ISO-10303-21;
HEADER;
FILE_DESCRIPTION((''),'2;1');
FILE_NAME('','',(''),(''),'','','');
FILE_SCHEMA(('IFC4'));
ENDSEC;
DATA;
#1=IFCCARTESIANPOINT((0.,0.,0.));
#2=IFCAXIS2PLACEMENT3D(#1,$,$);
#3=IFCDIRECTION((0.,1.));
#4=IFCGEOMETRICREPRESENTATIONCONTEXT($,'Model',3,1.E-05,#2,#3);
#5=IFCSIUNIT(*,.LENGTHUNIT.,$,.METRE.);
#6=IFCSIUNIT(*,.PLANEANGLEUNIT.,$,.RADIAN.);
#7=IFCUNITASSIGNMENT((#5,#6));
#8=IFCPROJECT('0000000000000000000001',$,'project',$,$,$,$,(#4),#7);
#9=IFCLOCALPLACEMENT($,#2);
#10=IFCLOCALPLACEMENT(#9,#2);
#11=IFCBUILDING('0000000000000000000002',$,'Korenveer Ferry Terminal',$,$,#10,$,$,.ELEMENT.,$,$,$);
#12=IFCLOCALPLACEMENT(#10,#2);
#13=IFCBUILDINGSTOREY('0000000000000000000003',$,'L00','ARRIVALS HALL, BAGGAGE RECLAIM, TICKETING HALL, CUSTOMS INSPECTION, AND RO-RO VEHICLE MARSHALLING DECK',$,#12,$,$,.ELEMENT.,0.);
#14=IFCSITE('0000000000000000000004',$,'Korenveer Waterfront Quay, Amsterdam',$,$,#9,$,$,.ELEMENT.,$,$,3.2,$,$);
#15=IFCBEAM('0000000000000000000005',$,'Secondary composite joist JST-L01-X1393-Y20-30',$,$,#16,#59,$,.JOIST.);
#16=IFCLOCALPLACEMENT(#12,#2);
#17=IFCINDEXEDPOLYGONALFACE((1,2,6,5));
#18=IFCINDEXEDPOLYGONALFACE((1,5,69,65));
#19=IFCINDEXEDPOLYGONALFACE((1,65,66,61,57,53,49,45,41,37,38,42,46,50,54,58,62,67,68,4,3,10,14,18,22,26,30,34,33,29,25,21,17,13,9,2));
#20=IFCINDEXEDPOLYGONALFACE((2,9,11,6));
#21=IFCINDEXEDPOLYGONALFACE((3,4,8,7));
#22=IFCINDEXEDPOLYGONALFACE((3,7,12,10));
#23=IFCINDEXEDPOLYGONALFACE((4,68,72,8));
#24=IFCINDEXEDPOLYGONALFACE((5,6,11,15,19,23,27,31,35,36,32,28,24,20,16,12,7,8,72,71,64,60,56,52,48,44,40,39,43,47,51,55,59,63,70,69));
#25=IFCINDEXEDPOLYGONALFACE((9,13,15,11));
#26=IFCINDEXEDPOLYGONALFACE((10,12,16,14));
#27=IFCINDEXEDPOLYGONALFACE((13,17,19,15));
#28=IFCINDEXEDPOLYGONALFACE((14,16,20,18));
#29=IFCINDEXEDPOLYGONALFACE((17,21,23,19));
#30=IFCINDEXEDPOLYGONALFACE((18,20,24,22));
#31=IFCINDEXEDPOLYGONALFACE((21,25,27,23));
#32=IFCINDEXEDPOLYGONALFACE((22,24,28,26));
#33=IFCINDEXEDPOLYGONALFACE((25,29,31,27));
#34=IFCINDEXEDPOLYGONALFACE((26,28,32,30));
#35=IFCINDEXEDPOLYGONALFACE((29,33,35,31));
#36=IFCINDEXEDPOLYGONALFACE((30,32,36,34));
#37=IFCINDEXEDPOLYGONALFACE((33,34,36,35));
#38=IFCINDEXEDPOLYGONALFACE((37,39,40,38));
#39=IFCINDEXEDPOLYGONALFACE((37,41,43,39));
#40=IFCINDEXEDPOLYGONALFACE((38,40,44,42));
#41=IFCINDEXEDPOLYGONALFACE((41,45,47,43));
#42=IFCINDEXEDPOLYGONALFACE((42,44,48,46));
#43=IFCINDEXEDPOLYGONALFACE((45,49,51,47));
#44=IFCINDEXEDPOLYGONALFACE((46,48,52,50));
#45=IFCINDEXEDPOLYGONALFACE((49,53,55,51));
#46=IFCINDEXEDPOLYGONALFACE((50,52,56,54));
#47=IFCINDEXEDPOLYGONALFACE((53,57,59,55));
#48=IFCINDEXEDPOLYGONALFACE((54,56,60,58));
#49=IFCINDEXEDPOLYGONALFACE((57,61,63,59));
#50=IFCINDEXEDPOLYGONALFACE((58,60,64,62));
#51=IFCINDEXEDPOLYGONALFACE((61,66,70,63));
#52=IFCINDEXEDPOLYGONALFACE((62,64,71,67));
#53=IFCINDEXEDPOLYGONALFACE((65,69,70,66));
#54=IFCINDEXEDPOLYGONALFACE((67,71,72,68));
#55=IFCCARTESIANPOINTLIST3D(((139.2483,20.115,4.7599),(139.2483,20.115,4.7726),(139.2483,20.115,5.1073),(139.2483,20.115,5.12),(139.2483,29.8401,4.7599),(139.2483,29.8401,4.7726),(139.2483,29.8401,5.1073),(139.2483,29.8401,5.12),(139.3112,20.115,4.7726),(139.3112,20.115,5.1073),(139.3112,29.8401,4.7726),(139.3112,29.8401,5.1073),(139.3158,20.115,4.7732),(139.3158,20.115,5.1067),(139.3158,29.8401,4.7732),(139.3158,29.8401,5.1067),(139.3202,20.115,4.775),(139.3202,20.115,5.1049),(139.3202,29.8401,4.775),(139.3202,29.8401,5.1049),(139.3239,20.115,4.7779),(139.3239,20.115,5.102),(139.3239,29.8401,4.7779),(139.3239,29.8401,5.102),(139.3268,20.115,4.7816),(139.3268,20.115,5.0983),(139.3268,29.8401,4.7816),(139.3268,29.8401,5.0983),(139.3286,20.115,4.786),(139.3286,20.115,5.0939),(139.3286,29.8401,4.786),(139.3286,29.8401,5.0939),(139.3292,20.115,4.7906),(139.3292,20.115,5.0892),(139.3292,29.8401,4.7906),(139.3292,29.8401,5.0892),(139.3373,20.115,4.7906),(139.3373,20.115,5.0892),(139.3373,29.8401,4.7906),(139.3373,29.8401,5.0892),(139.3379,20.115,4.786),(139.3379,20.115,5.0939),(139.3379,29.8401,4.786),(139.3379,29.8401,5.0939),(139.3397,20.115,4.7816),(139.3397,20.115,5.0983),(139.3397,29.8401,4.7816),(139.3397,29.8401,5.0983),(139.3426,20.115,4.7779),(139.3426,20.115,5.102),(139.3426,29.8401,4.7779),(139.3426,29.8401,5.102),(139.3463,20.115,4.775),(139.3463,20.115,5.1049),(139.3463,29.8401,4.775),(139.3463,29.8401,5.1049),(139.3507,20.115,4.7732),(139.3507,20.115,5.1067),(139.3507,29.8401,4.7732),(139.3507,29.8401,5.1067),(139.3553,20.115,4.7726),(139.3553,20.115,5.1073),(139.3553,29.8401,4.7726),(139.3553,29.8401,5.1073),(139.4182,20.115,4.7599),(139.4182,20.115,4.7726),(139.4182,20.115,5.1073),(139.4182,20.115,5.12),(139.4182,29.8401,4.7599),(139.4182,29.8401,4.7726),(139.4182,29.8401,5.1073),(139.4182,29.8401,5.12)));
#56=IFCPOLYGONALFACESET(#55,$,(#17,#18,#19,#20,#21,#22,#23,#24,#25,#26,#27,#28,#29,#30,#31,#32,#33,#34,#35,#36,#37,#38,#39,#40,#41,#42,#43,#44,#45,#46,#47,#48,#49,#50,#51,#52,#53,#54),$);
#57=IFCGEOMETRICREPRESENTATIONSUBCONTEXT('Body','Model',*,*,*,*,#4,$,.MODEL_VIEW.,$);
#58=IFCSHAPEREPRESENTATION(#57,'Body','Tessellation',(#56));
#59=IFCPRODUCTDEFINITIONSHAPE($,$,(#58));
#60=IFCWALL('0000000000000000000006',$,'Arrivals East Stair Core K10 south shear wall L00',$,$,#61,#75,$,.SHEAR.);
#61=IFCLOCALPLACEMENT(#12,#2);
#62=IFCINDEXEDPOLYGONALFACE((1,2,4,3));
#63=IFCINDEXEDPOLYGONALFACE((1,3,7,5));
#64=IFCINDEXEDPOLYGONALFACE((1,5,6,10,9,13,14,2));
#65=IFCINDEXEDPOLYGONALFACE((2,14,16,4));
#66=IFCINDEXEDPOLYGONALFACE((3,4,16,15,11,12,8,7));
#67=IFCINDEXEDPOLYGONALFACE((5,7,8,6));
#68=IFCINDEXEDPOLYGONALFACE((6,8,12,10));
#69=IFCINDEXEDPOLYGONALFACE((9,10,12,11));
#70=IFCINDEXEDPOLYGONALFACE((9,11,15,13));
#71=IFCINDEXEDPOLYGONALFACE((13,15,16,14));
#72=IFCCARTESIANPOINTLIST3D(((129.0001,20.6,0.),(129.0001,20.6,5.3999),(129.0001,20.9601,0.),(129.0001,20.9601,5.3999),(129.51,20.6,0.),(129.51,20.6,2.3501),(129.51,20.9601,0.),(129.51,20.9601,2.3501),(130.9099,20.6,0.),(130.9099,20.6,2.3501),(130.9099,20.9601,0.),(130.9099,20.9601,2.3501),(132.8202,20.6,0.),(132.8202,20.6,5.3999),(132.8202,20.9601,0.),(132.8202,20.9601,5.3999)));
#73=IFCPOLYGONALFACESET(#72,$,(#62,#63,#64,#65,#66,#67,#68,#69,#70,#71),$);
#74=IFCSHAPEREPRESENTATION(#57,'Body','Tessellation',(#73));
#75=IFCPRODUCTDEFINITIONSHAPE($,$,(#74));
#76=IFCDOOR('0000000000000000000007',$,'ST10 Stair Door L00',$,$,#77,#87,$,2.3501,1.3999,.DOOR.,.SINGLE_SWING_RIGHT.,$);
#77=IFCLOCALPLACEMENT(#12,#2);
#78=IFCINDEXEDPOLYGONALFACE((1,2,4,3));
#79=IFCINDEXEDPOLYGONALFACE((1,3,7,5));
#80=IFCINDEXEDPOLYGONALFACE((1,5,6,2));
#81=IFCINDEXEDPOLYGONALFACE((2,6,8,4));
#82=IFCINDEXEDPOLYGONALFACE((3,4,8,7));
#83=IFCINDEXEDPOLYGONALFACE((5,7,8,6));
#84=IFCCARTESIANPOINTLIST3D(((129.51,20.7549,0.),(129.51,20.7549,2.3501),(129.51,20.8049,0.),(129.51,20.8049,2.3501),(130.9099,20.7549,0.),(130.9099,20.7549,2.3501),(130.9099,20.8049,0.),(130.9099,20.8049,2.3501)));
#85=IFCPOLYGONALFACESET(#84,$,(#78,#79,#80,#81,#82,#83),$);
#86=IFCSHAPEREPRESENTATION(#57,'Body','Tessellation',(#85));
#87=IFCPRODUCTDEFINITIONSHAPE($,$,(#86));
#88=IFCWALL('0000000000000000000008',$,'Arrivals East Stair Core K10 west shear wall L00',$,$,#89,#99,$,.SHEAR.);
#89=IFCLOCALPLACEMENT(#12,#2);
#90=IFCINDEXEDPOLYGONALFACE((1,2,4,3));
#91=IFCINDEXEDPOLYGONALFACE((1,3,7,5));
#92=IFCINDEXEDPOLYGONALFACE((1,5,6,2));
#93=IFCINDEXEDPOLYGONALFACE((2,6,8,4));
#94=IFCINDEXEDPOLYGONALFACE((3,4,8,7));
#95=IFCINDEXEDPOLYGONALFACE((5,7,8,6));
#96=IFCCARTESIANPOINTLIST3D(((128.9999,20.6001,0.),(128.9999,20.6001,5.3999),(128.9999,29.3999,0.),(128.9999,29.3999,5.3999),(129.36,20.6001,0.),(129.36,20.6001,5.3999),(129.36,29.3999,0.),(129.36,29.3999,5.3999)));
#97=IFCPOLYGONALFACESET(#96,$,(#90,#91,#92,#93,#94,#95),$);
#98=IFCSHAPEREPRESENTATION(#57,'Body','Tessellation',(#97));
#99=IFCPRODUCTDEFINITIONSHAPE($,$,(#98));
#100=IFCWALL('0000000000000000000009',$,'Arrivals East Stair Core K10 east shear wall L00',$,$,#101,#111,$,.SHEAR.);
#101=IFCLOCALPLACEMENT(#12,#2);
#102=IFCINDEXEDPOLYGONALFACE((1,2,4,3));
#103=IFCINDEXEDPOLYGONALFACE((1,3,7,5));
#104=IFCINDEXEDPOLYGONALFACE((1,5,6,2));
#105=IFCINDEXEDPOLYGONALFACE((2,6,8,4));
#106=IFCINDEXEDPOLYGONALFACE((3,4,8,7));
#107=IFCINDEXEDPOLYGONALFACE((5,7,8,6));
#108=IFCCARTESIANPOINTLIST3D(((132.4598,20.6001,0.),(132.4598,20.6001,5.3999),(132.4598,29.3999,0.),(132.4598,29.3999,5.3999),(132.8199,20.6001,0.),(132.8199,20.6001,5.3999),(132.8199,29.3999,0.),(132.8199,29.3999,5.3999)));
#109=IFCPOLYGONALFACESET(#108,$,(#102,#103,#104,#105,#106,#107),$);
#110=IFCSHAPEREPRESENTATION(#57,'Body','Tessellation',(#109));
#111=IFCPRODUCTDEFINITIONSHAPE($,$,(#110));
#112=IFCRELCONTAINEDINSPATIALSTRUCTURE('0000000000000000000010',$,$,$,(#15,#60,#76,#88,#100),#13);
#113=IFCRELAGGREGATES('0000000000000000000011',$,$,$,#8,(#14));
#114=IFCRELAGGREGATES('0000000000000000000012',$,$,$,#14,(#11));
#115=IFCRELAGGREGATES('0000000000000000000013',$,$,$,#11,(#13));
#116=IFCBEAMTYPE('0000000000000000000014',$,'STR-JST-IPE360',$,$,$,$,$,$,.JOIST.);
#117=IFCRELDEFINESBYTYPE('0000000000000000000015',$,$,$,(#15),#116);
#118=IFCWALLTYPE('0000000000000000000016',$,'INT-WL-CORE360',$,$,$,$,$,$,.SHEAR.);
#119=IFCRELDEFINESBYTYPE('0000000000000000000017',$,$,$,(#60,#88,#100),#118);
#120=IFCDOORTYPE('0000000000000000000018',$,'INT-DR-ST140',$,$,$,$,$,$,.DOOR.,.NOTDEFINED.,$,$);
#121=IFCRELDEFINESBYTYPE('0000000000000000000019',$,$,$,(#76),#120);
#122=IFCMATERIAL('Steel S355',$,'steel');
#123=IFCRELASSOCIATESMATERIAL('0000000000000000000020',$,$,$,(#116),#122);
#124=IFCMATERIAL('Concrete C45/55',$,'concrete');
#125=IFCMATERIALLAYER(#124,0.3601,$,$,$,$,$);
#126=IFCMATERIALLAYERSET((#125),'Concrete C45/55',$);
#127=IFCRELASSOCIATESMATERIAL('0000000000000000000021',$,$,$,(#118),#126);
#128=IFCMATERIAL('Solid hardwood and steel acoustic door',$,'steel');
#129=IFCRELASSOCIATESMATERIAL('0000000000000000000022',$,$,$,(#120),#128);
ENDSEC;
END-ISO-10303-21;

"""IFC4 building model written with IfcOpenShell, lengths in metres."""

from ifc_helpers import new_model, si_unit, direction, frame, frame_2d, origin, origin_2d, place, context, subcontext, project, spatial, rectangle, i_section, extrude, material, layer, layer_set, material_profile, profile_set, type_object, element, fill, save


model = new_model("IFC4")

# Units and contexts
model_context = context("Model", 3, precision=1e-05, world=origin(), true_north=direction((0.0, 1.0)))
body_context = subcontext(model_context, "Body", "Model", "MODEL_VIEW")
ifc_project = project(units=[si_unit("LENGTHUNIT", "METRE"), si_unit("PLANEANGLEUNIT", "RADIAN")], contexts=[model_context])

# Site, building, storey
site_placement = place(None, origin())
site = spatial("IfcSite", under=ifc_project, at=site_placement, Name="Korenveer Waterfront Quay, Amsterdam", CompositionType="ELEMENT", RefElevation=3.2)
building_placement = place(site_placement, origin())
building = spatial("IfcBuilding", under=site, at=building_placement, Name="Korenveer Ferry Terminal", CompositionType="ELEMENT")
storey_placement = place(building_placement, origin())
storey = spatial("IfcBuildingStorey", under=building, at=storey_placement, Name="L00", Description="ARRIVALS HALL, BAGGAGE RECLAIM, TICKETING HALL, CUSTOMS INSPECTION, AND RO-RO VEHICLE MARSHALLING DECK", CompositionType="ELEMENT", Elevation=0.0)

# Shared definitions
ifc_material_1 = material(Name="Concrete C45/55", Category="concrete")

# Beam
ifc_material_2 = material(Name="Steel S355", Category="steel")
ifc_material_profile_1 = material_profile(ifc_material_2, i_section(OverallWidth=0.1699, OverallDepth=0.3601, WebThickness=0.0081, FlangeThickness=0.0127, FilletRadius=0.0181, at=origin_2d()), Name="IPE 360")
ifc_profile_set_1 = profile_set([ifc_material_profile_1], Name="Steel S355")
beam_type_1 = type_object("IfcBeamType", Name="STR-JST-IPE360", PredefinedType="JOIST", material=ifc_profile_set_1)
for number, where, z_axis, x_axis, name in (
    (1, (139.3333, 20.115, 4.9399), (0.0, 1.0, 0.0), (-1.0, 0.0, 0.0), "Secondary composite joist JST-L01-X1393-Y20-30"),
):
    element("IfcBeam", number, at=place(storey_placement, frame(where, z_axis=z_axis, x_axis=x_axis)), inside=storey, type_object=beam_type_1, Name=name, PredefinedType="JOIST", context=body_context, shape_type="SweptSolid", body=[
        extrude(i_section(OverallWidth=0.1699, OverallDepth=0.3601, WebThickness=0.0081, FlangeThickness=0.0127, FilletRadius=0.0181, at=origin_2d()), origin(), (0.0, 0.0, 1.0), 9.7251),
    ])

# Wall, opening, door
ifc_layer = layer(ifc_material_1, 0.3601)
ifc_layer_set = layer_set([ifc_layer], Name="Concrete C45/55")
wall_type = type_object("IfcWallType", Name="INT-WL-CORE360", PredefinedType="SHEAR", material=ifc_layer_set)
wall_placement = place(storey_placement, frame((129.0, 20.78, 0.0), z_axis=(0.0, 0.0, 1.0), x_axis=(1.0, 0.0, 0.0)))
wall = element("IfcWall", 2, at=wall_placement, inside=storey, type_object=wall_type, Name="Arrivals East Stair Core K10 south shear wall L00", PredefinedType="SHEAR", context=body_context, shape_type="SweptSolid", body=[
    extrude(rectangle(XDim=3.8201, YDim=0.3601, at=frame_2d((1.9102, 0.0))), origin(), (0.0, 0.0, 1.0), 5.3999),
])
opening_placement = place(wall_placement, frame((0.51, 0.0, 0.0)))
opening = element("IfcOpeningElement", 3, at=opening_placement, cuts=wall, PredefinedType="OPENING", context=body_context, shape_type="SweptSolid", body=[
    extrude(rectangle(XDim=1.3999, YDim=2.3501, at=frame_2d((0.7, 1.175))), frame((0.0, 0.1899, 0.0), z_axis=(0.0, -1.0, 0.0), x_axis=(1.0, 0.0, 0.0)), (0.0, 0.0, 1.0), 0.3801),
])
ifc_material_3 = material(Name="Solid hardwood and steel acoustic door", Category="steel")
door_type = type_object("IfcDoorType", Name="INT-DR-ST140", OperationType="NOTDEFINED", PredefinedType="DOOR", material=ifc_material_3)
door_placement = place(opening_placement, origin())
door = element("IfcDoor", 4, at=door_placement, inside=storey, type_object=door_type, Name="ST10 Stair Door L00", OperationType="SINGLE_SWING_RIGHT", OverallHeight=2.3501, OverallWidth=1.3999, PredefinedType="DOOR", context=body_context, shape_type="SweptSolid", body=[
    extrude(rectangle(XDim=1.3999, YDim=2.3501, at=frame_2d((0.7, 1.175))), frame((0.0, 0.0249, 0.0), z_axis=(0.0, -1.0, 0.0), x_axis=(1.0, 0.0, 0.0)), (0.0, 0.0, 1.0), 0.05),
])
fill(opening, door)

# Walls
for number, where, z_axis, x_axis, name in (
    (5, (129.1799, 20.6001, 0.0), (0.0, 0.0, 1.0), (0.0, 1.0, 0.0), "Arrivals East Stair Core K10 west shear wall L00"),
    (6, (132.6399, 20.6001, 0.0), (0.0, 0.0, 1.0), (0.0, 1.0, 0.0), "Arrivals East Stair Core K10 east shear wall L00"),
):
    element("IfcWall", number, at=place(storey_placement, frame(where, z_axis=z_axis, x_axis=x_axis)), inside=storey, type_object=wall_type, Name=name, PredefinedType="SHEAR", context=body_context, shape_type="SweptSolid", body=[
        extrude(rectangle(XDim=8.7998, YDim=0.3601, at=frame_2d((4.3999, 0.0))), origin(), (0.0, 0.0, 1.0), 5.3999),
    ])

save(model, "model.ifc")
